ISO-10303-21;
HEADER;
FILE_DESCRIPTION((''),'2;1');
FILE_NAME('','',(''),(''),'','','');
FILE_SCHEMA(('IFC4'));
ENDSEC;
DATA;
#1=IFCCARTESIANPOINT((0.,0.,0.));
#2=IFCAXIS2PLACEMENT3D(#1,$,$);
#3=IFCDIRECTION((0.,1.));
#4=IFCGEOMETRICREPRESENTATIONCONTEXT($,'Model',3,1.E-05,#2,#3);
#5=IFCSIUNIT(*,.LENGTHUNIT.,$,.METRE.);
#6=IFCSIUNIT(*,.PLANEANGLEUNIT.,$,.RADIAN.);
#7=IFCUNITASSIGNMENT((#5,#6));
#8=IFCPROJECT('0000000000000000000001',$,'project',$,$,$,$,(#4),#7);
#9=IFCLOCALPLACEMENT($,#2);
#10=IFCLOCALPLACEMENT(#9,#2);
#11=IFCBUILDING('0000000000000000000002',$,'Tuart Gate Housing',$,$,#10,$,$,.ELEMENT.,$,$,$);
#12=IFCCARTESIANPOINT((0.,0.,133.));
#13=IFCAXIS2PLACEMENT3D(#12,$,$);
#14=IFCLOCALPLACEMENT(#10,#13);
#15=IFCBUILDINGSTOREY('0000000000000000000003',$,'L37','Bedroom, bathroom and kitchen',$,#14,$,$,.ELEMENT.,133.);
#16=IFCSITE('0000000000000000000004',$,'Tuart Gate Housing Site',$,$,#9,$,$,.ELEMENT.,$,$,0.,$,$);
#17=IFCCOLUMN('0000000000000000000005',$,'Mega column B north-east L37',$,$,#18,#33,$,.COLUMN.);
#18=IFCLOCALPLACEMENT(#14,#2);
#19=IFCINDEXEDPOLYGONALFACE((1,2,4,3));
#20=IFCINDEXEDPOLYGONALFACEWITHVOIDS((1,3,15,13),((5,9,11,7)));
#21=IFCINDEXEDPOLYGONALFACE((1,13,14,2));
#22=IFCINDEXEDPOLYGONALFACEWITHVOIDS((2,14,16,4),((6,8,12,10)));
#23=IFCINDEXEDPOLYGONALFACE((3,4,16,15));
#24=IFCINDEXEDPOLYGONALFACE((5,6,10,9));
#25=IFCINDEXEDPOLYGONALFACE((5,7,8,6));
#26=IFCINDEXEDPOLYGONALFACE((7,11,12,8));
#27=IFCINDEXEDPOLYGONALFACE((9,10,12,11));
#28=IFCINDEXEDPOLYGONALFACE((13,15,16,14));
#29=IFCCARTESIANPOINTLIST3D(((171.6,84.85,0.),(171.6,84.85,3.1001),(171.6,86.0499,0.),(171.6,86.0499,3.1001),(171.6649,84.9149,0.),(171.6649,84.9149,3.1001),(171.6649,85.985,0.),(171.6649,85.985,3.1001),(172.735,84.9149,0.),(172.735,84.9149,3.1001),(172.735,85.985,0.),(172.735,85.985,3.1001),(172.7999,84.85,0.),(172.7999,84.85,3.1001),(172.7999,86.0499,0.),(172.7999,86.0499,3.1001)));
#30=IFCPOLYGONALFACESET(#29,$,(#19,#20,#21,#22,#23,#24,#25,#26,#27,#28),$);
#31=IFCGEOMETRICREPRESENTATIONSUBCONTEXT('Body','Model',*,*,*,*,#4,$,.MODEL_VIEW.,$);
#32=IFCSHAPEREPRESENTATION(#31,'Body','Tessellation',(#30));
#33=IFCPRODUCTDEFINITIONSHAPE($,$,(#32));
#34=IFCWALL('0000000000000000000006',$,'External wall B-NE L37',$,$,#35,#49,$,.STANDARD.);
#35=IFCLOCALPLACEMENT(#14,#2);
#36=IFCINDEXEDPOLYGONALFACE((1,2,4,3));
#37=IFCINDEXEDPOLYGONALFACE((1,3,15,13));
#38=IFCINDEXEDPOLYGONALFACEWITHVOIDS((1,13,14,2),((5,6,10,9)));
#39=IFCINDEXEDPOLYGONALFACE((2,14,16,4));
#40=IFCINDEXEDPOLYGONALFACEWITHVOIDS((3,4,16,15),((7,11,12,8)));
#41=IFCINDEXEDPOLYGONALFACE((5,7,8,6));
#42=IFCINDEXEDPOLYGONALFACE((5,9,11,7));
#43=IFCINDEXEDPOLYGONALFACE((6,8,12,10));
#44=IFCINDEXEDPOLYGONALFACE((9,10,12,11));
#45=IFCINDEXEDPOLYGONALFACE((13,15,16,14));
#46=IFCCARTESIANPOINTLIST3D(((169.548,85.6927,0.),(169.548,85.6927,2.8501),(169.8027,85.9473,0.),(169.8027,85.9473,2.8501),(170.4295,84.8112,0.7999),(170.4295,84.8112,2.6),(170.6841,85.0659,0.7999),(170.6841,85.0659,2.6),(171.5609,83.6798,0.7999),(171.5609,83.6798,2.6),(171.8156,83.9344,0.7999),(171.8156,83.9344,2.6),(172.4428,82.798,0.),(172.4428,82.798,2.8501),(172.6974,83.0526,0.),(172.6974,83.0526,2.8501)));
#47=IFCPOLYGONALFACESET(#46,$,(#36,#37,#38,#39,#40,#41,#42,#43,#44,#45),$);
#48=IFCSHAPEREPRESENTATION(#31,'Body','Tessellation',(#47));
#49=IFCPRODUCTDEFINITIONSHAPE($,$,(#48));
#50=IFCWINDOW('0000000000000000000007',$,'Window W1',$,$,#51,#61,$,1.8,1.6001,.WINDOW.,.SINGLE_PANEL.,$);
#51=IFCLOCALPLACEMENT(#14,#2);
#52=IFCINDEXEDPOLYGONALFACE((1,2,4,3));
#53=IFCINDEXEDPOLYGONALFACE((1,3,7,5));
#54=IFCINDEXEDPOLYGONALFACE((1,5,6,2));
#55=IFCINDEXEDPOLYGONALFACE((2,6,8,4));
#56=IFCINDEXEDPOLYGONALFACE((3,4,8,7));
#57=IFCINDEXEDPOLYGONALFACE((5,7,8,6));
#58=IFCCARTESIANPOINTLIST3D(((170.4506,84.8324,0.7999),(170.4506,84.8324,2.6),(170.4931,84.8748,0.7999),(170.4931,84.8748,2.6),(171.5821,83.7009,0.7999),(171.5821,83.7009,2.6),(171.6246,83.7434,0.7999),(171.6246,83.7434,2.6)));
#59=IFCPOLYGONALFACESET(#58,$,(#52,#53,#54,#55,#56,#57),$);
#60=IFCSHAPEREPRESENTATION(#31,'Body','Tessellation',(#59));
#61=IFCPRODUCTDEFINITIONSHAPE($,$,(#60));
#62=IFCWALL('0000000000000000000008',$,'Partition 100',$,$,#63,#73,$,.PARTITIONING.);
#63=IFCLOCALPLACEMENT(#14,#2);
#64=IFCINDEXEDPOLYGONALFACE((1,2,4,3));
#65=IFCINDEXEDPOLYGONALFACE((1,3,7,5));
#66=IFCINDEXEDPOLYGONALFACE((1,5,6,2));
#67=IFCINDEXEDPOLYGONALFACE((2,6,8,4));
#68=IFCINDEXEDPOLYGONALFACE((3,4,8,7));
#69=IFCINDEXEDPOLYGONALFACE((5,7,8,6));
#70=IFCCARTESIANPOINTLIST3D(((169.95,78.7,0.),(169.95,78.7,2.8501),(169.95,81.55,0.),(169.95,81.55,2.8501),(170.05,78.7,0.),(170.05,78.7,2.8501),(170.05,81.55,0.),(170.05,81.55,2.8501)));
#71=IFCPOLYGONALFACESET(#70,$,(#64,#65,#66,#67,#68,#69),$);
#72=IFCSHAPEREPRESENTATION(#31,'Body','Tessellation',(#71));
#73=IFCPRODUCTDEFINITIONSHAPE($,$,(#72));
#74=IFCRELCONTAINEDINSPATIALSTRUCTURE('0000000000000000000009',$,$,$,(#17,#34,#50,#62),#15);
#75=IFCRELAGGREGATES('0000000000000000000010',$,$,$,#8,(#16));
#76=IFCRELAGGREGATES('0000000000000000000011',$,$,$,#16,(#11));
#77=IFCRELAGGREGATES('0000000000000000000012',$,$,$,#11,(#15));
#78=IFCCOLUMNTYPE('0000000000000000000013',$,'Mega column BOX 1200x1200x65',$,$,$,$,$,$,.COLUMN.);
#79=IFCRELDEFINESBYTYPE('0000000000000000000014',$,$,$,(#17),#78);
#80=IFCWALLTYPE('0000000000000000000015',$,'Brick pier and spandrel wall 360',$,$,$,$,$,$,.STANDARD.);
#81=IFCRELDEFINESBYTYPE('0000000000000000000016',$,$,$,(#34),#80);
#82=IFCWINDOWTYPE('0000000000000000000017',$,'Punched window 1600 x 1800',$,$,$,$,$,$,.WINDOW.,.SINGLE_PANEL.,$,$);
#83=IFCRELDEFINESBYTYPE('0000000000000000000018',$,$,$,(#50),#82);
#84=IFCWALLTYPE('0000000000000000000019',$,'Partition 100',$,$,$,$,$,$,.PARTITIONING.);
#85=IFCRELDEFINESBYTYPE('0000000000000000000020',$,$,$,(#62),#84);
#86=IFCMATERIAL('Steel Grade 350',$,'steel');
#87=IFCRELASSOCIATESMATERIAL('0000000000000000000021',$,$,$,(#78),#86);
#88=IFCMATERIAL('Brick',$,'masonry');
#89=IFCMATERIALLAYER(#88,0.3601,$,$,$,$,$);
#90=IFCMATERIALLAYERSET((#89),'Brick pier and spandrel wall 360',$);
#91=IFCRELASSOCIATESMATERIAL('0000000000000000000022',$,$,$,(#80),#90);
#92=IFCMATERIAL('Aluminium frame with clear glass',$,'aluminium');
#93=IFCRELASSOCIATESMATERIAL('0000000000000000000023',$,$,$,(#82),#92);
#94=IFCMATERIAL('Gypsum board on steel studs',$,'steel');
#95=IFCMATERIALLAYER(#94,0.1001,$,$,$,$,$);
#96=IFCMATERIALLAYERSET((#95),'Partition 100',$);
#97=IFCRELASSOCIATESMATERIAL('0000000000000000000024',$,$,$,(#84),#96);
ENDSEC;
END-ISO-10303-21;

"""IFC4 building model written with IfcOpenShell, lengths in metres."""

from ifc_helpers import new_model, si_unit, direction, frame, frame_2d, origin, origin_2d, place, context, subcontext, project, spatial, rectangle, hollow_rectangle, extrude, material, layer, layer_set, material_profile, profile_set, type_object, element, fill, save


model = new_model("IFC4")

# Units and contexts
model_context = context("Model", 3, precision=1e-05, world=origin(), true_north=direction((0.0, 1.0)))
body_context = subcontext(model_context, "Body", "Model", "MODEL_VIEW")
ifc_project = project(units=[si_unit("LENGTHUNIT", "METRE"), si_unit("PLANEANGLEUNIT", "RADIAN")], contexts=[model_context])

# Site, building, storey
site_placement = place(None, origin())
site = spatial("IfcSite", under=ifc_project, at=site_placement, Name="Tuart Gate Housing Site", CompositionType="ELEMENT", RefElevation=0.0)
building_placement = place(site_placement, origin())
building = spatial("IfcBuilding", under=site, at=building_placement, Name="Tuart Gate Housing", CompositionType="ELEMENT")
storey_placement = place(building_placement, frame((0.0, 0.0, 133.0)))
storey = spatial("IfcBuildingStorey", under=building, at=storey_placement, Name="L37", Description="Bedroom, bathroom and kitchen", CompositionType="ELEMENT", Elevation=133.0)

# Column
ifc_material_1 = material(Name="Steel Grade 350", Category="steel")
ifc_material_profile = material_profile(ifc_material_1, hollow_rectangle(XDim=1.2, YDim=1.2, WallThickness=0.0649, at=origin_2d()), Name="BOX 1200x1200x65")
ifc_profile_set = profile_set([ifc_material_profile], Name="Steel Grade 350")
column_type = type_object("IfcColumnType", Name="Mega column BOX 1200x1200x65", PredefinedType="COLUMN", material=ifc_profile_set)
column_placement = place(storey_placement, frame((172.2, 85.45, 0.0), z_axis=(0.0, 0.0, 1.0), x_axis=(1.0, 0.0, 0.0)))
element("IfcColumn", 1, at=column_placement, inside=storey, type_object=column_type, Name="Mega column B north-east L37", PredefinedType="COLUMN", context=body_context, shape_type="SweptSolid", body=[
    extrude(hollow_rectangle(XDim=1.2, YDim=1.2, WallThickness=0.0649, at=origin_2d()), origin(), (0.0, 0.0, 1.0), 3.1001),
])

# Wall, opening, window
ifc_material_2 = material(Name="Brick", Category="masonry")
ifc_layer_1 = layer(ifc_material_2, 0.3601)
ifc_layer_set_1 = layer_set([ifc_layer_1], Name="Brick pier and spandrel wall 360")
wall_type_1 = type_object("IfcWallType", Name="Brick pier and spandrel wall 360", PredefinedType="STANDARD", material=ifc_layer_set_1)
wall_1_placement = place(storey_placement, frame((172.5701, 82.9253, 0.0), z_axis=(0.0, 0.0, 1.0), x_axis=(-0.707107, 0.707107, 0.0)))
wall_1 = element("IfcWall", 2, at=wall_1_placement, inside=storey, type_object=wall_type_1, Name="External wall B-NE L37", PredefinedType="STANDARD", context=body_context, shape_type="SweptSolid", body=[
    extrude(rectangle(XDim=4.0938, YDim=0.3601, at=frame_2d((2.0469, 0.0))), origin(), (0.0, 0.0, 1.0), 2.8501),
])
opening_1_placement = place(wall_1_placement, frame((1.2471, 0.0, 0.8)))
opening_1 = element("IfcOpeningElement", 3, at=opening_1_placement, cuts=wall_1, PredefinedType="OPENING", context=body_context, shape_type="SweptSolid", body=[
    extrude(rectangle(XDim=1.6001, YDim=1.8, at=frame_2d((0.8, 0.8999))), frame((0.0, 0.1899, 0.0), z_axis=(0.0, -1.0, 0.0), x_axis=(1.0, 0.0, 0.0)), (0.0, 0.0, 1.0), 0.3801),
])
ifc_material_3 = material(Name="Aluminium frame with clear glass", Category="aluminium")
window_type_1 = type_object("IfcWindowType", Name="Punched window 1600 x 1800", PartitioningType="SINGLE_PANEL", PredefinedType="WINDOW", material=ifc_material_3)
window_1_placement = place(opening_1_placement, origin())
window_1 = element("IfcWindow", 4, at=window_1_placement, inside=storey, type_object=window_type_1, Name="Window W1", OverallHeight=1.8, OverallWidth=1.6001, PartitioningType="SINGLE_PANEL", PredefinedType="WINDOW", context=body_context, shape_type="SweptSolid", body=[
    extrude(rectangle(XDim=1.6001, YDim=1.8, at=frame_2d((0.8, 0.8999))), frame((0.0, 0.1501, 0.0), z_axis=(0.0, -1.0, 0.0), x_axis=(1.0, 0.0, 0.0)), (0.0, 0.0, 1.0), 0.0601),
])
fill(opening_1, window_1)

# Wall
ifc_material_4 = material(Name="Gypsum board on steel studs", Category="steel")
ifc_layer_2 = layer(ifc_material_4, 0.1001)
ifc_layer_set_2 = layer_set([ifc_layer_2], Name="Partition 100")
wall_type_2 = type_object("IfcWallType", Name="Partition 100", PredefinedType="PARTITIONING", material=ifc_layer_set_2)
wall_2_placement = place(storey_placement, frame((170.0, 78.7, 0.0), z_axis=(0.0, 0.0, 1.0), x_axis=(0.0, 1.0, 0.0)))
element("IfcWall", 5, at=wall_2_placement, inside=storey, type_object=wall_type_2, Name="Partition 100", PredefinedType="PARTITIONING", context=body_context, shape_type="SweptSolid", body=[
    extrude(rectangle(XDim=2.8501, YDim=0.1001, at=frame_2d((1.425, 0.0))), origin(), (0.0, 0.0, 1.0), 2.8501),
])

save(model, "model.ifc")
